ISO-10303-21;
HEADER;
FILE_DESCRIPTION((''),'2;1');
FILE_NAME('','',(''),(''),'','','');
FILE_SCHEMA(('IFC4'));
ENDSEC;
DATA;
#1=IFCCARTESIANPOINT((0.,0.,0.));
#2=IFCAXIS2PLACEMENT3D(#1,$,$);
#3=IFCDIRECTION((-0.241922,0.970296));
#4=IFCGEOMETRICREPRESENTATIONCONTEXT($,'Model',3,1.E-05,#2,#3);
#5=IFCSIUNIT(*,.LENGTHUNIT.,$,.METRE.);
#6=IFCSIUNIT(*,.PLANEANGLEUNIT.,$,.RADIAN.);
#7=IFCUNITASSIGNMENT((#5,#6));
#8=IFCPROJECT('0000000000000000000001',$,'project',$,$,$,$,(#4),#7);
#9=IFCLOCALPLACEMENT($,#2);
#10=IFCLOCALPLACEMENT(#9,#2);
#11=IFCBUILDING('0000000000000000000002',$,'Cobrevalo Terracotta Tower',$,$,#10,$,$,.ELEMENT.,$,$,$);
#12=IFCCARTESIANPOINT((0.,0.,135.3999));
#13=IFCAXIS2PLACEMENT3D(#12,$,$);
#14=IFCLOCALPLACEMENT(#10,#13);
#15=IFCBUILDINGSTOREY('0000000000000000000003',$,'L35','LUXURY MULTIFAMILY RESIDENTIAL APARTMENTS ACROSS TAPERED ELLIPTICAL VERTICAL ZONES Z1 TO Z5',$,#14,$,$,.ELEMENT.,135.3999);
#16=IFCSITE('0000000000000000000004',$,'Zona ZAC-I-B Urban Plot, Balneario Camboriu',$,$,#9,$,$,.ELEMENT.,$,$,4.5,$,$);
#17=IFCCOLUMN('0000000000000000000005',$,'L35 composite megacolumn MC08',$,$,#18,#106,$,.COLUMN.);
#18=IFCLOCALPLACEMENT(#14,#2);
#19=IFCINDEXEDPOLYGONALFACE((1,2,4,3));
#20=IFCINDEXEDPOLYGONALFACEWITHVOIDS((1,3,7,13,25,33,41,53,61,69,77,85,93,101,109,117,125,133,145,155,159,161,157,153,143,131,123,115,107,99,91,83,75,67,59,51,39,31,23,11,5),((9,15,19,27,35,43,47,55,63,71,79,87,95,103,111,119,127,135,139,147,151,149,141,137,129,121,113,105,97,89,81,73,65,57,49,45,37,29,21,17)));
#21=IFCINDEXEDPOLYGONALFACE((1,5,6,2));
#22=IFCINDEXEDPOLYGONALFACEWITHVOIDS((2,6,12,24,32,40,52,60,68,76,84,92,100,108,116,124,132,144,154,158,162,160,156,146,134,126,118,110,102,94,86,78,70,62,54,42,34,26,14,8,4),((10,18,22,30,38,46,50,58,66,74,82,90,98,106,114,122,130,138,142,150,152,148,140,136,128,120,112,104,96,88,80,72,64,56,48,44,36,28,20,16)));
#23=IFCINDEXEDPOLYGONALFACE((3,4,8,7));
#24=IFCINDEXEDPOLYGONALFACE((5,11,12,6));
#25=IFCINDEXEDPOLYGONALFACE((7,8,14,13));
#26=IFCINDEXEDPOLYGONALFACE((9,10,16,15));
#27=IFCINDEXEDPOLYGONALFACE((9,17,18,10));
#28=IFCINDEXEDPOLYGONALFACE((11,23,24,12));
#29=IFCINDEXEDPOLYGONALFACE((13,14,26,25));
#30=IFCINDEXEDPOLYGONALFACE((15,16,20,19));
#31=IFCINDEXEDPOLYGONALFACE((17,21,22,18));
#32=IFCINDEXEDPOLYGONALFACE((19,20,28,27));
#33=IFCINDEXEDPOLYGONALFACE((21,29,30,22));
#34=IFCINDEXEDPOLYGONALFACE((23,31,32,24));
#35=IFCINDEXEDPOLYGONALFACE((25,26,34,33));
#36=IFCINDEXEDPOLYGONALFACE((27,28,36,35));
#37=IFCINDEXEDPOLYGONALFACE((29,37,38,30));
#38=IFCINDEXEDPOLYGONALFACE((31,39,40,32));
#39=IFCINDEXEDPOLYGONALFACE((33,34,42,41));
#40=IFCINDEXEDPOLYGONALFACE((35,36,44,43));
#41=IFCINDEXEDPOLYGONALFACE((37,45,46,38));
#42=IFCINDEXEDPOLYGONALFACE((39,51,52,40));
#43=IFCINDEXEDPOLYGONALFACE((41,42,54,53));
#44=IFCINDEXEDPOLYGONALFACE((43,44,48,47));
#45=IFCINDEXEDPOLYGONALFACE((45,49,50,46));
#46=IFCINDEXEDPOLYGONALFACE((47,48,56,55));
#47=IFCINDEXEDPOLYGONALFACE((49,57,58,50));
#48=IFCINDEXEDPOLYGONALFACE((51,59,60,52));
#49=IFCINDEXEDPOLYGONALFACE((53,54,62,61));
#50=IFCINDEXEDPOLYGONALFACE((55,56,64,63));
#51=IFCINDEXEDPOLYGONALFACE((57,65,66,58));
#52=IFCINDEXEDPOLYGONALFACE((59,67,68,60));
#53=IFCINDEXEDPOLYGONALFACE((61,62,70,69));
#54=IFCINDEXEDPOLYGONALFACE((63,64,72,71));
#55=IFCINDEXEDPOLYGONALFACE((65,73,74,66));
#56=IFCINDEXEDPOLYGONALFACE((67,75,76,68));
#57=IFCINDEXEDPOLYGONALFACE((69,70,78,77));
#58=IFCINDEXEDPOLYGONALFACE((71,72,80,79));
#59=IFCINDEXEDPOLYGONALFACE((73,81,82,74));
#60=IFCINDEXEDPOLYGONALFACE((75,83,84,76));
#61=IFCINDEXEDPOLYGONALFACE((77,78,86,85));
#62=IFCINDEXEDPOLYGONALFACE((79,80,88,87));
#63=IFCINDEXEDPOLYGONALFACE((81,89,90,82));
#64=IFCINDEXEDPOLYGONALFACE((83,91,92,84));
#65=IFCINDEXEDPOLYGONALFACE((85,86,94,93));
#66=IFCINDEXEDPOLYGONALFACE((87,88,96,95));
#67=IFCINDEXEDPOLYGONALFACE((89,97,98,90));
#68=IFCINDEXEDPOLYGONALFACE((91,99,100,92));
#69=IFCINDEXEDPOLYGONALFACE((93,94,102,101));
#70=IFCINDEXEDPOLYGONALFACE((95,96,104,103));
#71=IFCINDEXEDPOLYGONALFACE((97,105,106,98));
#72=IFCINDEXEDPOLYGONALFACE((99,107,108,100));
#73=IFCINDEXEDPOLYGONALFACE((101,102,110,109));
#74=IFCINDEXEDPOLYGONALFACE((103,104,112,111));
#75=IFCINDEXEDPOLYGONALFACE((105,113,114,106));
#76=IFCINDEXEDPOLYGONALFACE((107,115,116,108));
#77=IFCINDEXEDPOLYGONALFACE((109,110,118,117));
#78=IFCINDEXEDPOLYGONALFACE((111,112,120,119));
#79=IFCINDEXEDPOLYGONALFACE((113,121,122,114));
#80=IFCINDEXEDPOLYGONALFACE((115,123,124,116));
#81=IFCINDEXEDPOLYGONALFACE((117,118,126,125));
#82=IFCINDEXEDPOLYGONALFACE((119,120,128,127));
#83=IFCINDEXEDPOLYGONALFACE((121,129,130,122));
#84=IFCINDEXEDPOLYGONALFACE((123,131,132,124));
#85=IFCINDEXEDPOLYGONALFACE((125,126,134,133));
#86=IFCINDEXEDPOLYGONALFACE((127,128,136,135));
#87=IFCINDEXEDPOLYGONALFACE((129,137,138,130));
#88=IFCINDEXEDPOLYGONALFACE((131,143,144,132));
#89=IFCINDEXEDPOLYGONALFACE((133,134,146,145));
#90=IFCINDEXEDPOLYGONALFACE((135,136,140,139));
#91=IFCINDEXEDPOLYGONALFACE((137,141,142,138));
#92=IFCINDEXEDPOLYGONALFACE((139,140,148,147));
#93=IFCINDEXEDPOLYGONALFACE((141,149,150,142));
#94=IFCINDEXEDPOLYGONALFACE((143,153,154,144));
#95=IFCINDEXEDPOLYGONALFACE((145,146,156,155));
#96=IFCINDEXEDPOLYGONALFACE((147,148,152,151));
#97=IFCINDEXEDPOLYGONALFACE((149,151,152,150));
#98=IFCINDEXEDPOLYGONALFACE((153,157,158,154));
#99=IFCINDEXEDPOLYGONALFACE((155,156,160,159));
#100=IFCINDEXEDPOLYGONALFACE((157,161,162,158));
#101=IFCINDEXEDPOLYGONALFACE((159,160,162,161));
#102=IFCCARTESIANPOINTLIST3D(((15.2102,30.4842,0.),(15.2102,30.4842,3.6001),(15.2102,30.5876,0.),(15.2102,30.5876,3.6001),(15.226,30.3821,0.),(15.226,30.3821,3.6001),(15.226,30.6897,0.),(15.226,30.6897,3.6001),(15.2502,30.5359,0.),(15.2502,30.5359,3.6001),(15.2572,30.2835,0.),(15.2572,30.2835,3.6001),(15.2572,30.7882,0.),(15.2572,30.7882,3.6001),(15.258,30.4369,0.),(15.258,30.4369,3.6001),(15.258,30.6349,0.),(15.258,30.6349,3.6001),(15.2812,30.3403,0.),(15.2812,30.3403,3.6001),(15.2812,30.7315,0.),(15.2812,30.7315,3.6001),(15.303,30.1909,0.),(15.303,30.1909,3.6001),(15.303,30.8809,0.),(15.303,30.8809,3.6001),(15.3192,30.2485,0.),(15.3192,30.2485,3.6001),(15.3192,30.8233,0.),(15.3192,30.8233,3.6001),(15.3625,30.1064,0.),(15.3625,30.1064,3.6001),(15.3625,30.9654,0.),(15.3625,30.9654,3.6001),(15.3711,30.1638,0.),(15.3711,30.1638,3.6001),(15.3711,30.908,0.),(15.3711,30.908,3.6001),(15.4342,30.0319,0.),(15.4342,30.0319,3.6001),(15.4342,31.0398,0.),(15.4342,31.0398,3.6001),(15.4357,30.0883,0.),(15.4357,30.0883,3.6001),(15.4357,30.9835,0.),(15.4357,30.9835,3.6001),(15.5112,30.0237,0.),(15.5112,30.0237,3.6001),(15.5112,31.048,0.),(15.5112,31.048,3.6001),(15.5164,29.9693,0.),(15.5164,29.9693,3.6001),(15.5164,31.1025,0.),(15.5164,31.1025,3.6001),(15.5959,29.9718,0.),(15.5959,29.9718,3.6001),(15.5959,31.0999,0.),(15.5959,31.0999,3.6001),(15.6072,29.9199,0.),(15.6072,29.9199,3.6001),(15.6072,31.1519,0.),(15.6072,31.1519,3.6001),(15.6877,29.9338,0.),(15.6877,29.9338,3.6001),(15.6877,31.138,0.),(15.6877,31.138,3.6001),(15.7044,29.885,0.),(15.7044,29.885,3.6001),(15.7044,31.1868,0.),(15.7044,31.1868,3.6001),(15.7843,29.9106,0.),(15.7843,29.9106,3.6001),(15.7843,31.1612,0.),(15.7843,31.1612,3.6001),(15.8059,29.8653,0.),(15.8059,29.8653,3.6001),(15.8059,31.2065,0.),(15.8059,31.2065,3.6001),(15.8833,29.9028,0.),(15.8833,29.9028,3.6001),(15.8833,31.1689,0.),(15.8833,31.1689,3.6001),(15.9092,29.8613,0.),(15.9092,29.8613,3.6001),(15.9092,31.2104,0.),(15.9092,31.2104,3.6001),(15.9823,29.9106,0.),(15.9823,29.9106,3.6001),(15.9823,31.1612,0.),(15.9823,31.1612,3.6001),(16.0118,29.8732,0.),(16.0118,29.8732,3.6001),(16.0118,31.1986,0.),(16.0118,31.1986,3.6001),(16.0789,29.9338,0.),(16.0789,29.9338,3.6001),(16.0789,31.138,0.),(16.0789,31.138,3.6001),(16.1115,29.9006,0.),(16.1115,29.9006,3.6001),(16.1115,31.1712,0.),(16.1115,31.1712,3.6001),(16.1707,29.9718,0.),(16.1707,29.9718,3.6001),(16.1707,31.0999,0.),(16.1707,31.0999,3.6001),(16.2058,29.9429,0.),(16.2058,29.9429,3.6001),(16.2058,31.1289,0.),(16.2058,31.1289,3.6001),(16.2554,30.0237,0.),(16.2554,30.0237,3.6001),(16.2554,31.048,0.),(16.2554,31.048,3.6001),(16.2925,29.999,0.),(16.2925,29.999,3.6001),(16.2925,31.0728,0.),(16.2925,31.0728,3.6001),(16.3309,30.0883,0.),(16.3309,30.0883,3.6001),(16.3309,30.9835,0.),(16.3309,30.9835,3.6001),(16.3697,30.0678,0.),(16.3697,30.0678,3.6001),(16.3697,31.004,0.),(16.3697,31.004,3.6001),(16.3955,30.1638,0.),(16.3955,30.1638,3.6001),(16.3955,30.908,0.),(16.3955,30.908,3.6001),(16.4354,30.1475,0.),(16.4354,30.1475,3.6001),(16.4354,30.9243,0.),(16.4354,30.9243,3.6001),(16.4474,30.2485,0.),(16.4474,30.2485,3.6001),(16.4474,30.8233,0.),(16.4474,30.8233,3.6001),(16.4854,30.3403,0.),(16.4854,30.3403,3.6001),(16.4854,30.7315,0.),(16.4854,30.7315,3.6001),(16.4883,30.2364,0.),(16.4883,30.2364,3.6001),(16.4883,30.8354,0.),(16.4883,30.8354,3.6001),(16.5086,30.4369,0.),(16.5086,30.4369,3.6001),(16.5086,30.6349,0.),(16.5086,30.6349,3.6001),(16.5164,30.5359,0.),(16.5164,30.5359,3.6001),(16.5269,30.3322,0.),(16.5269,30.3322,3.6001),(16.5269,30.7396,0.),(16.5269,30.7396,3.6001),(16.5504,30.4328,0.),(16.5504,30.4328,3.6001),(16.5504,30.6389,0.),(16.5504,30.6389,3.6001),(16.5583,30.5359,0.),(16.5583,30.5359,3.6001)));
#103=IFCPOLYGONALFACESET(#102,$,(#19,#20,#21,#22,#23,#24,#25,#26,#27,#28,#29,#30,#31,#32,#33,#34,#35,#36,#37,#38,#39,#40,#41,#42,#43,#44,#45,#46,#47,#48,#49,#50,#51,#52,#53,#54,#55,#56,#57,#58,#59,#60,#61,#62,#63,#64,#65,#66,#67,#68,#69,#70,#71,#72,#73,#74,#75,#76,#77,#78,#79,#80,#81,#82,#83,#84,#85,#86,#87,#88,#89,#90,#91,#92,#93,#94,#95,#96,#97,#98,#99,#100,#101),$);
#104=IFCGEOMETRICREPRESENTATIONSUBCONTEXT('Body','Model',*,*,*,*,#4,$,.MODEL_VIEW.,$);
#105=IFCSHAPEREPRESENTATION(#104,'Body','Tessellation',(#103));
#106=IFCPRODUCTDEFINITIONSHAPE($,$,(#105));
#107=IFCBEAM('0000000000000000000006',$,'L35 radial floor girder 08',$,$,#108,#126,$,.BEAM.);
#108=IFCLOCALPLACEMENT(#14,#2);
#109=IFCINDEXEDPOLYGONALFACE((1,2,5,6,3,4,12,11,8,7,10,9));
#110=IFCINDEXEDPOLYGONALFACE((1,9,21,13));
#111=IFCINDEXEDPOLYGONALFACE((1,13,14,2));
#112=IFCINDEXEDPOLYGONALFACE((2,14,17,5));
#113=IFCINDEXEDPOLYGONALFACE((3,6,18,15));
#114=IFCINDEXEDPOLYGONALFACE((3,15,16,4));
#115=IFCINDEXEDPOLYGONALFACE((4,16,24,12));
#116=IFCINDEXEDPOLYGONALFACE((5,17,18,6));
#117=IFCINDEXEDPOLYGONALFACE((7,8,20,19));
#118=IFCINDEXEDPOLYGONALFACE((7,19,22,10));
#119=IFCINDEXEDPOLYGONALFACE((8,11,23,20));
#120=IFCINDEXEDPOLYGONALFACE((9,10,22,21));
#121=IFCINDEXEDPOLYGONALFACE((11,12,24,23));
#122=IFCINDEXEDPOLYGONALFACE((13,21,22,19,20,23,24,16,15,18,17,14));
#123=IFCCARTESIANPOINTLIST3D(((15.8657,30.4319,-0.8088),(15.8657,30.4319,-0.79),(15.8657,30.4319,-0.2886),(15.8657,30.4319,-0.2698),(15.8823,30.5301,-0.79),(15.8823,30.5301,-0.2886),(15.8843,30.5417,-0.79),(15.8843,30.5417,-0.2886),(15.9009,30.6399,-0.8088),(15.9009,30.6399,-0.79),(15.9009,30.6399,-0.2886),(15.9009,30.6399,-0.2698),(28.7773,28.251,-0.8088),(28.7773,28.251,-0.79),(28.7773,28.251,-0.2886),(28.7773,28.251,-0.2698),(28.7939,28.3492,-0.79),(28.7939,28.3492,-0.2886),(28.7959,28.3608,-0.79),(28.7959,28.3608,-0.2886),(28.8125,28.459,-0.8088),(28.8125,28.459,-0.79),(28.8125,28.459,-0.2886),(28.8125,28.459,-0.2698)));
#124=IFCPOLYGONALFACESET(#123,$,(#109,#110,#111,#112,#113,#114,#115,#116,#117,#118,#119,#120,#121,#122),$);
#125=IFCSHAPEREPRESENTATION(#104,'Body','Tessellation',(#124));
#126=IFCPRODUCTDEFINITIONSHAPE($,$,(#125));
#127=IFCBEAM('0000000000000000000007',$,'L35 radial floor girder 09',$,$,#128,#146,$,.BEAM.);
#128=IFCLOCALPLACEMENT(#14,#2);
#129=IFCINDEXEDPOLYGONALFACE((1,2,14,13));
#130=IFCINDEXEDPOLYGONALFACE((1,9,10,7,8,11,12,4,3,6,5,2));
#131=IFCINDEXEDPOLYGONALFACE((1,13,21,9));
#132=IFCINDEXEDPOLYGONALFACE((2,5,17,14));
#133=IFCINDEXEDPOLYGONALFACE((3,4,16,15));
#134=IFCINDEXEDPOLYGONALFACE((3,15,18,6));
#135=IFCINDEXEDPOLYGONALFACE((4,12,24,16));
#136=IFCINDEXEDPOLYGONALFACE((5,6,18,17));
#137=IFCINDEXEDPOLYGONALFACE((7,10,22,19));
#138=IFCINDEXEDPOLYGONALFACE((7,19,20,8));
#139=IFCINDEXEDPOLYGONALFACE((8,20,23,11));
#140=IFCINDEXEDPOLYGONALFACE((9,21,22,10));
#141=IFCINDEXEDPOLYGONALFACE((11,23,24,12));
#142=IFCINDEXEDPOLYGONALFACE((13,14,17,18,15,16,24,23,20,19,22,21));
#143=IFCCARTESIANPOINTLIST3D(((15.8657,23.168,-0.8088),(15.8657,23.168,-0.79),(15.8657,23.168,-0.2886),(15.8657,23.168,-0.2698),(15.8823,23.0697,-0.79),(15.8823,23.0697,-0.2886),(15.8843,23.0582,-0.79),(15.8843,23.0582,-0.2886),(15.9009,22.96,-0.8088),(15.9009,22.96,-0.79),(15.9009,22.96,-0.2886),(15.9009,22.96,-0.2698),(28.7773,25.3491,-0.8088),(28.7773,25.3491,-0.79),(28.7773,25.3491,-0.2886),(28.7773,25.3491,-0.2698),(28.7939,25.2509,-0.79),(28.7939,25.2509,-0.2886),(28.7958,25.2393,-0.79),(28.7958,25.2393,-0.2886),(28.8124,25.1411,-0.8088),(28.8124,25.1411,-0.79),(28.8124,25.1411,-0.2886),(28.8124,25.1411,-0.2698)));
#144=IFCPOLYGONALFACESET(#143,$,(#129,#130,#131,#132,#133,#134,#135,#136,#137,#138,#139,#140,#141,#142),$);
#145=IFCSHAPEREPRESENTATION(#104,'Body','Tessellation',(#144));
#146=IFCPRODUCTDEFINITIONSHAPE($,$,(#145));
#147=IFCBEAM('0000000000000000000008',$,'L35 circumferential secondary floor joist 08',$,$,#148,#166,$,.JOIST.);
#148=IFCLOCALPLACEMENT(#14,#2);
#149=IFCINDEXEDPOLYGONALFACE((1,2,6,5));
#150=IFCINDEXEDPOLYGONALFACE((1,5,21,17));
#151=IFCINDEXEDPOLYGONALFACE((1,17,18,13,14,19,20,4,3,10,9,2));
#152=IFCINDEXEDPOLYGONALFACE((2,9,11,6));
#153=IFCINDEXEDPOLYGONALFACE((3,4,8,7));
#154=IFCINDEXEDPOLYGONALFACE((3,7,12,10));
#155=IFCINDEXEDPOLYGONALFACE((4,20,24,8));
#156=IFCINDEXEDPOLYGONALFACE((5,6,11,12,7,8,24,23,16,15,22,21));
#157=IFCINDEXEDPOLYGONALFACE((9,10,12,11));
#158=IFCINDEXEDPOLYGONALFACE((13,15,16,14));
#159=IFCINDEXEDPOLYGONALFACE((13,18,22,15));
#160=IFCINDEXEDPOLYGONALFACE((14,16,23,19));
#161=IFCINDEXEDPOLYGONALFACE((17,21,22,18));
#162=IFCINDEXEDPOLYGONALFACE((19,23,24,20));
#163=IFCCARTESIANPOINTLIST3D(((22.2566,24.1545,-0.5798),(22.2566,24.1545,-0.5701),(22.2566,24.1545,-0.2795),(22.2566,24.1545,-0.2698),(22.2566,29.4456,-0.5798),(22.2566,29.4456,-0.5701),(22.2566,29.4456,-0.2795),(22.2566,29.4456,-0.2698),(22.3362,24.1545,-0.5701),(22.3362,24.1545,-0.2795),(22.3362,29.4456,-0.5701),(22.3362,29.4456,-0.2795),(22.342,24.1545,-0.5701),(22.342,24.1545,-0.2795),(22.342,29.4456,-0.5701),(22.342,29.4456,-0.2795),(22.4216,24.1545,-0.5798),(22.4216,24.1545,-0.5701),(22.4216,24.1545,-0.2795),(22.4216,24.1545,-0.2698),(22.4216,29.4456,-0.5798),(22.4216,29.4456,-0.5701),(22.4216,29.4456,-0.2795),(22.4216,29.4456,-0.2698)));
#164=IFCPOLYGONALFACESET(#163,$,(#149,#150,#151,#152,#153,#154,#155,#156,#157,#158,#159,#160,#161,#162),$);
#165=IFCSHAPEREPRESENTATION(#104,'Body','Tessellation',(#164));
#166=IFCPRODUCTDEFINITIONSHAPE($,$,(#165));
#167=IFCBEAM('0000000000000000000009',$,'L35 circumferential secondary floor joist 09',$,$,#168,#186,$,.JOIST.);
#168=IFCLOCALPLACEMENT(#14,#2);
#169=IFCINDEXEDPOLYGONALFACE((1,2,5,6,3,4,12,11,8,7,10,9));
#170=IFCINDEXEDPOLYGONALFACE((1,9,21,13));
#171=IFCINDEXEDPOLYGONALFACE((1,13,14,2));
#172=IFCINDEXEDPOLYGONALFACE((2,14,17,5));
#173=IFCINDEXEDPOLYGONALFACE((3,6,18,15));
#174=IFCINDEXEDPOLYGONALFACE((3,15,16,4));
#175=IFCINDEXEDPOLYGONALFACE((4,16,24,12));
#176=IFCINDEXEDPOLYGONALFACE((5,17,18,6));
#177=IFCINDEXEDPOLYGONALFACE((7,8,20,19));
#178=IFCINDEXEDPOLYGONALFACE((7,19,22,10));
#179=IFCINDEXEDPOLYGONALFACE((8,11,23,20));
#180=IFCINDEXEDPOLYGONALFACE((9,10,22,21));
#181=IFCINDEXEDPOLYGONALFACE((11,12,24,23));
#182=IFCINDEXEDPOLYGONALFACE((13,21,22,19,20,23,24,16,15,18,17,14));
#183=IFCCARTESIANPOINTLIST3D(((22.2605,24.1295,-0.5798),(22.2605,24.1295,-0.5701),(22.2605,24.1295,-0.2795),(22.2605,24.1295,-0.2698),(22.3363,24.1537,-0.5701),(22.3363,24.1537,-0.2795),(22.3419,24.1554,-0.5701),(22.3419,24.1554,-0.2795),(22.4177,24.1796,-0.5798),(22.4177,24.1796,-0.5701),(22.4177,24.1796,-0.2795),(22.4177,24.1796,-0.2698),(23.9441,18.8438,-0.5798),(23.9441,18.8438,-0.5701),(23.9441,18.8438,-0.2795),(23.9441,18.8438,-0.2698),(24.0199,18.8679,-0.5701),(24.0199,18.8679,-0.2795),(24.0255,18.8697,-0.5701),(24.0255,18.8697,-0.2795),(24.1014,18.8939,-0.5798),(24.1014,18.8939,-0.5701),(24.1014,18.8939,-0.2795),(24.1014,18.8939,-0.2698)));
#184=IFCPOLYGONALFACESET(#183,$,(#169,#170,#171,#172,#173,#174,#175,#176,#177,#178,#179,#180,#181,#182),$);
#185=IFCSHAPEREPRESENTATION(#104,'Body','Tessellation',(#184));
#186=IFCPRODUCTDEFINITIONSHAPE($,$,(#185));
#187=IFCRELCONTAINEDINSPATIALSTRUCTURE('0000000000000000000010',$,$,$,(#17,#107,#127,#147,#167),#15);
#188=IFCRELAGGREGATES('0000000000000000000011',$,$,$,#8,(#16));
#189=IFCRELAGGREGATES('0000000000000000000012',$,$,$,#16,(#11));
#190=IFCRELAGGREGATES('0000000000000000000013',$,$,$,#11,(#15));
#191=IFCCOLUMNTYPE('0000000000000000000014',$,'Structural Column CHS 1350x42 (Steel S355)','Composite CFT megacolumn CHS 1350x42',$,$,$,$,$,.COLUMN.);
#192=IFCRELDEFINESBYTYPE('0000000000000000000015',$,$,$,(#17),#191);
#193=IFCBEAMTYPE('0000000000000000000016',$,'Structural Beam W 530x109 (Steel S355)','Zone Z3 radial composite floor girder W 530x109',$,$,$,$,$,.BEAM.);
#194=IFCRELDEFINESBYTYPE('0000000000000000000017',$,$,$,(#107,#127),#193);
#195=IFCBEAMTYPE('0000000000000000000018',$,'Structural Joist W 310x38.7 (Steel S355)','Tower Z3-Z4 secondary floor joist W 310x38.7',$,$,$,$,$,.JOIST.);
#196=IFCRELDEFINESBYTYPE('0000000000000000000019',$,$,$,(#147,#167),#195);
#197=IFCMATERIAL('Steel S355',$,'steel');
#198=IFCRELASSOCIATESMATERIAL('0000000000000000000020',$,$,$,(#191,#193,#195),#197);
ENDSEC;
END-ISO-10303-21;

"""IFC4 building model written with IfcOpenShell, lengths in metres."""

from ifc_helpers import new_model, si_unit, direction, frame, origin, origin_2d, place, context, subcontext, project, spatial, hollow_circle, i_section, extrude, material, material_profile, profile_set, type_object, element, save


model = new_model("IFC4")

# Units and contexts
model_context = context("Model", 3, precision=1e-05, world=origin(), true_north=direction((-0.241922, 0.970296)))
body_context = subcontext(model_context, "Body", "Model", "MODEL_VIEW")
ifc_project = project(units=[si_unit("LENGTHUNIT", "METRE"), si_unit("PLANEANGLEUNIT", "RADIAN")], contexts=[model_context])

# Site, building, storey
site_placement = place(None, origin())
site = spatial("IfcSite", under=ifc_project, at=site_placement, Name="Zona ZAC-I-B Urban Plot, Balneario Camboriu", CompositionType="ELEMENT", RefElevation=4.5)
building_placement = place(site_placement, origin())
building = spatial("IfcBuilding", under=site, at=building_placement, Name="Cobrevalo Terracotta Tower", CompositionType="ELEMENT")
storey_placement = place(building_placement, frame((0.0, 0.0, 135.3999)))
storey = spatial("IfcBuildingStorey", under=building, at=storey_placement, Name="L35", Description="LUXURY MULTIFAMILY RESIDENTIAL APARTMENTS ACROSS TAPERED ELLIPTICAL VERTICAL ZONES Z1 TO Z5", CompositionType="ELEMENT", Elevation=135.3999)

# Column
ifc_material_1 = material(Name="Steel S355", Category="steel")
ifc_material_profile_1 = material_profile(ifc_material_1, hollow_circle(Radius=0.675, WallThickness=0.042, at=origin_2d()), Name="CHS 1350x42")
ifc_profile_set_1 = profile_set([ifc_material_profile_1], Name="Steel S355")
column_type = type_object("IfcColumnType", Name="Structural Column CHS 1350x42 (Steel S355)", Description="Composite CFT megacolumn CHS 1350x42", PredefinedType="COLUMN", material=ifc_profile_set_1)
column_placement = place(storey_placement, frame((15.8833, 30.5359, 0.0), z_axis=(0.0, 0.0, 1.0), x_axis=(1.0, 0.0, 0.0)))
element("IfcColumn", 1, at=column_placement, inside=storey, type_object=column_type, Name="L35 composite megacolumn MC08", PredefinedType="COLUMN", context=body_context, shape_type="SweptSolid", body=[
    extrude(hollow_circle(Radius=0.675, WallThickness=0.042, at=origin_2d()), origin(), (0.0, 0.0, 1.0), 3.6001),
])

# Beams
ifc_material_profile_2 = material_profile(ifc_material_1, i_section(OverallWidth=0.2109, OverallDepth=0.5391, WebThickness=0.0117, FlangeThickness=0.0188, at=origin_2d()), Name="W 530x109")
ifc_profile_set_2 = profile_set([ifc_material_profile_2], Name="Steel S355")
beam_type_1 = type_object("IfcBeamType", Name="Structural Beam W 530x109 (Steel S355)", Description="Zone Z3 radial composite floor girder W 530x109", PredefinedType="BEAM", material=ifc_profile_set_2)
for number, where, z_axis, x_axis, name in (
    (2, (15.8833, 30.5359, -0.5393), (0.986033, -0.166551, 0.0), (0.166551, 0.986033, 0.0), "L35 radial floor girder 08"),
    (3, (15.8833, 23.064, -0.5393), (0.98603, 0.166569, 0.0), (-0.166569, 0.98603, 0.0), "L35 radial floor girder 09"),
):
    element("IfcBeam", number, at=place(storey_placement, frame(where, z_axis=z_axis, x_axis=x_axis)), inside=storey, type_object=beam_type_1, Name=name, PredefinedType="BEAM", context=body_context, shape_type="SweptSolid", body=[
        extrude(i_section(OverallWidth=0.2109, OverallDepth=0.5391, WebThickness=0.0117, FlangeThickness=0.0188, at=origin_2d()), origin(), (0.0, 0.0, 1.0), 13.0945),
    ])
ifc_material_profile_3 = material_profile(ifc_material_1, i_section(OverallWidth=0.165, OverallDepth=0.3101, WebThickness=0.0059, FlangeThickness=0.0098, at=origin_2d()), Name="W 310x38.7")
ifc_profile_set_3 = profile_set([ifc_material_profile_3], Name="Steel S355")
beam_type_2 = type_object("IfcBeamType", Name="Structural Joist W 310x38.7 (Steel S355)", Description="Tower Z3-Z4 secondary floor joist W 310x38.7", PredefinedType="JOIST", material=ifc_profile_set_3)
beam_1_placement = place(storey_placement, frame((22.3391, 29.4456, -0.4248), z_axis=(0.0, -1.0, 0.0), x_axis=(1.0, 0.0, 0.0)))
element("IfcBeam", 4, at=beam_1_placement, inside=storey, type_object=beam_type_2, Name="L35 circumferential secondary floor joist 08", PredefinedType="JOIST", context=body_context, shape_type="SweptSolid", body=[
    extrude(i_section(OverallWidth=0.165, OverallDepth=0.3101, WebThickness=0.0059, FlangeThickness=0.0098, at=origin_2d()), origin(), (0.0, 0.0, 1.0), 5.291),
])
beam_2_placement = place(storey_placement, frame((22.3391, 24.1545, -0.4248), z_axis=(0.303498, -0.952832, 0.0), x_axis=(0.952832, 0.303498, 0.0)))
element("IfcBeam", 5, at=beam_2_placement, inside=storey, type_object=beam_type_2, Name="L35 circumferential secondary floor joist 09", PredefinedType="JOIST", context=body_context, shape_type="SweptSolid", body=[
    extrude(i_section(OverallWidth=0.165, OverallDepth=0.3101, WebThickness=0.0059, FlangeThickness=0.0098, at=origin_2d()), origin(), (0.0, 0.0, 1.0), 5.5474),
])

save(model, "model.ifc")
